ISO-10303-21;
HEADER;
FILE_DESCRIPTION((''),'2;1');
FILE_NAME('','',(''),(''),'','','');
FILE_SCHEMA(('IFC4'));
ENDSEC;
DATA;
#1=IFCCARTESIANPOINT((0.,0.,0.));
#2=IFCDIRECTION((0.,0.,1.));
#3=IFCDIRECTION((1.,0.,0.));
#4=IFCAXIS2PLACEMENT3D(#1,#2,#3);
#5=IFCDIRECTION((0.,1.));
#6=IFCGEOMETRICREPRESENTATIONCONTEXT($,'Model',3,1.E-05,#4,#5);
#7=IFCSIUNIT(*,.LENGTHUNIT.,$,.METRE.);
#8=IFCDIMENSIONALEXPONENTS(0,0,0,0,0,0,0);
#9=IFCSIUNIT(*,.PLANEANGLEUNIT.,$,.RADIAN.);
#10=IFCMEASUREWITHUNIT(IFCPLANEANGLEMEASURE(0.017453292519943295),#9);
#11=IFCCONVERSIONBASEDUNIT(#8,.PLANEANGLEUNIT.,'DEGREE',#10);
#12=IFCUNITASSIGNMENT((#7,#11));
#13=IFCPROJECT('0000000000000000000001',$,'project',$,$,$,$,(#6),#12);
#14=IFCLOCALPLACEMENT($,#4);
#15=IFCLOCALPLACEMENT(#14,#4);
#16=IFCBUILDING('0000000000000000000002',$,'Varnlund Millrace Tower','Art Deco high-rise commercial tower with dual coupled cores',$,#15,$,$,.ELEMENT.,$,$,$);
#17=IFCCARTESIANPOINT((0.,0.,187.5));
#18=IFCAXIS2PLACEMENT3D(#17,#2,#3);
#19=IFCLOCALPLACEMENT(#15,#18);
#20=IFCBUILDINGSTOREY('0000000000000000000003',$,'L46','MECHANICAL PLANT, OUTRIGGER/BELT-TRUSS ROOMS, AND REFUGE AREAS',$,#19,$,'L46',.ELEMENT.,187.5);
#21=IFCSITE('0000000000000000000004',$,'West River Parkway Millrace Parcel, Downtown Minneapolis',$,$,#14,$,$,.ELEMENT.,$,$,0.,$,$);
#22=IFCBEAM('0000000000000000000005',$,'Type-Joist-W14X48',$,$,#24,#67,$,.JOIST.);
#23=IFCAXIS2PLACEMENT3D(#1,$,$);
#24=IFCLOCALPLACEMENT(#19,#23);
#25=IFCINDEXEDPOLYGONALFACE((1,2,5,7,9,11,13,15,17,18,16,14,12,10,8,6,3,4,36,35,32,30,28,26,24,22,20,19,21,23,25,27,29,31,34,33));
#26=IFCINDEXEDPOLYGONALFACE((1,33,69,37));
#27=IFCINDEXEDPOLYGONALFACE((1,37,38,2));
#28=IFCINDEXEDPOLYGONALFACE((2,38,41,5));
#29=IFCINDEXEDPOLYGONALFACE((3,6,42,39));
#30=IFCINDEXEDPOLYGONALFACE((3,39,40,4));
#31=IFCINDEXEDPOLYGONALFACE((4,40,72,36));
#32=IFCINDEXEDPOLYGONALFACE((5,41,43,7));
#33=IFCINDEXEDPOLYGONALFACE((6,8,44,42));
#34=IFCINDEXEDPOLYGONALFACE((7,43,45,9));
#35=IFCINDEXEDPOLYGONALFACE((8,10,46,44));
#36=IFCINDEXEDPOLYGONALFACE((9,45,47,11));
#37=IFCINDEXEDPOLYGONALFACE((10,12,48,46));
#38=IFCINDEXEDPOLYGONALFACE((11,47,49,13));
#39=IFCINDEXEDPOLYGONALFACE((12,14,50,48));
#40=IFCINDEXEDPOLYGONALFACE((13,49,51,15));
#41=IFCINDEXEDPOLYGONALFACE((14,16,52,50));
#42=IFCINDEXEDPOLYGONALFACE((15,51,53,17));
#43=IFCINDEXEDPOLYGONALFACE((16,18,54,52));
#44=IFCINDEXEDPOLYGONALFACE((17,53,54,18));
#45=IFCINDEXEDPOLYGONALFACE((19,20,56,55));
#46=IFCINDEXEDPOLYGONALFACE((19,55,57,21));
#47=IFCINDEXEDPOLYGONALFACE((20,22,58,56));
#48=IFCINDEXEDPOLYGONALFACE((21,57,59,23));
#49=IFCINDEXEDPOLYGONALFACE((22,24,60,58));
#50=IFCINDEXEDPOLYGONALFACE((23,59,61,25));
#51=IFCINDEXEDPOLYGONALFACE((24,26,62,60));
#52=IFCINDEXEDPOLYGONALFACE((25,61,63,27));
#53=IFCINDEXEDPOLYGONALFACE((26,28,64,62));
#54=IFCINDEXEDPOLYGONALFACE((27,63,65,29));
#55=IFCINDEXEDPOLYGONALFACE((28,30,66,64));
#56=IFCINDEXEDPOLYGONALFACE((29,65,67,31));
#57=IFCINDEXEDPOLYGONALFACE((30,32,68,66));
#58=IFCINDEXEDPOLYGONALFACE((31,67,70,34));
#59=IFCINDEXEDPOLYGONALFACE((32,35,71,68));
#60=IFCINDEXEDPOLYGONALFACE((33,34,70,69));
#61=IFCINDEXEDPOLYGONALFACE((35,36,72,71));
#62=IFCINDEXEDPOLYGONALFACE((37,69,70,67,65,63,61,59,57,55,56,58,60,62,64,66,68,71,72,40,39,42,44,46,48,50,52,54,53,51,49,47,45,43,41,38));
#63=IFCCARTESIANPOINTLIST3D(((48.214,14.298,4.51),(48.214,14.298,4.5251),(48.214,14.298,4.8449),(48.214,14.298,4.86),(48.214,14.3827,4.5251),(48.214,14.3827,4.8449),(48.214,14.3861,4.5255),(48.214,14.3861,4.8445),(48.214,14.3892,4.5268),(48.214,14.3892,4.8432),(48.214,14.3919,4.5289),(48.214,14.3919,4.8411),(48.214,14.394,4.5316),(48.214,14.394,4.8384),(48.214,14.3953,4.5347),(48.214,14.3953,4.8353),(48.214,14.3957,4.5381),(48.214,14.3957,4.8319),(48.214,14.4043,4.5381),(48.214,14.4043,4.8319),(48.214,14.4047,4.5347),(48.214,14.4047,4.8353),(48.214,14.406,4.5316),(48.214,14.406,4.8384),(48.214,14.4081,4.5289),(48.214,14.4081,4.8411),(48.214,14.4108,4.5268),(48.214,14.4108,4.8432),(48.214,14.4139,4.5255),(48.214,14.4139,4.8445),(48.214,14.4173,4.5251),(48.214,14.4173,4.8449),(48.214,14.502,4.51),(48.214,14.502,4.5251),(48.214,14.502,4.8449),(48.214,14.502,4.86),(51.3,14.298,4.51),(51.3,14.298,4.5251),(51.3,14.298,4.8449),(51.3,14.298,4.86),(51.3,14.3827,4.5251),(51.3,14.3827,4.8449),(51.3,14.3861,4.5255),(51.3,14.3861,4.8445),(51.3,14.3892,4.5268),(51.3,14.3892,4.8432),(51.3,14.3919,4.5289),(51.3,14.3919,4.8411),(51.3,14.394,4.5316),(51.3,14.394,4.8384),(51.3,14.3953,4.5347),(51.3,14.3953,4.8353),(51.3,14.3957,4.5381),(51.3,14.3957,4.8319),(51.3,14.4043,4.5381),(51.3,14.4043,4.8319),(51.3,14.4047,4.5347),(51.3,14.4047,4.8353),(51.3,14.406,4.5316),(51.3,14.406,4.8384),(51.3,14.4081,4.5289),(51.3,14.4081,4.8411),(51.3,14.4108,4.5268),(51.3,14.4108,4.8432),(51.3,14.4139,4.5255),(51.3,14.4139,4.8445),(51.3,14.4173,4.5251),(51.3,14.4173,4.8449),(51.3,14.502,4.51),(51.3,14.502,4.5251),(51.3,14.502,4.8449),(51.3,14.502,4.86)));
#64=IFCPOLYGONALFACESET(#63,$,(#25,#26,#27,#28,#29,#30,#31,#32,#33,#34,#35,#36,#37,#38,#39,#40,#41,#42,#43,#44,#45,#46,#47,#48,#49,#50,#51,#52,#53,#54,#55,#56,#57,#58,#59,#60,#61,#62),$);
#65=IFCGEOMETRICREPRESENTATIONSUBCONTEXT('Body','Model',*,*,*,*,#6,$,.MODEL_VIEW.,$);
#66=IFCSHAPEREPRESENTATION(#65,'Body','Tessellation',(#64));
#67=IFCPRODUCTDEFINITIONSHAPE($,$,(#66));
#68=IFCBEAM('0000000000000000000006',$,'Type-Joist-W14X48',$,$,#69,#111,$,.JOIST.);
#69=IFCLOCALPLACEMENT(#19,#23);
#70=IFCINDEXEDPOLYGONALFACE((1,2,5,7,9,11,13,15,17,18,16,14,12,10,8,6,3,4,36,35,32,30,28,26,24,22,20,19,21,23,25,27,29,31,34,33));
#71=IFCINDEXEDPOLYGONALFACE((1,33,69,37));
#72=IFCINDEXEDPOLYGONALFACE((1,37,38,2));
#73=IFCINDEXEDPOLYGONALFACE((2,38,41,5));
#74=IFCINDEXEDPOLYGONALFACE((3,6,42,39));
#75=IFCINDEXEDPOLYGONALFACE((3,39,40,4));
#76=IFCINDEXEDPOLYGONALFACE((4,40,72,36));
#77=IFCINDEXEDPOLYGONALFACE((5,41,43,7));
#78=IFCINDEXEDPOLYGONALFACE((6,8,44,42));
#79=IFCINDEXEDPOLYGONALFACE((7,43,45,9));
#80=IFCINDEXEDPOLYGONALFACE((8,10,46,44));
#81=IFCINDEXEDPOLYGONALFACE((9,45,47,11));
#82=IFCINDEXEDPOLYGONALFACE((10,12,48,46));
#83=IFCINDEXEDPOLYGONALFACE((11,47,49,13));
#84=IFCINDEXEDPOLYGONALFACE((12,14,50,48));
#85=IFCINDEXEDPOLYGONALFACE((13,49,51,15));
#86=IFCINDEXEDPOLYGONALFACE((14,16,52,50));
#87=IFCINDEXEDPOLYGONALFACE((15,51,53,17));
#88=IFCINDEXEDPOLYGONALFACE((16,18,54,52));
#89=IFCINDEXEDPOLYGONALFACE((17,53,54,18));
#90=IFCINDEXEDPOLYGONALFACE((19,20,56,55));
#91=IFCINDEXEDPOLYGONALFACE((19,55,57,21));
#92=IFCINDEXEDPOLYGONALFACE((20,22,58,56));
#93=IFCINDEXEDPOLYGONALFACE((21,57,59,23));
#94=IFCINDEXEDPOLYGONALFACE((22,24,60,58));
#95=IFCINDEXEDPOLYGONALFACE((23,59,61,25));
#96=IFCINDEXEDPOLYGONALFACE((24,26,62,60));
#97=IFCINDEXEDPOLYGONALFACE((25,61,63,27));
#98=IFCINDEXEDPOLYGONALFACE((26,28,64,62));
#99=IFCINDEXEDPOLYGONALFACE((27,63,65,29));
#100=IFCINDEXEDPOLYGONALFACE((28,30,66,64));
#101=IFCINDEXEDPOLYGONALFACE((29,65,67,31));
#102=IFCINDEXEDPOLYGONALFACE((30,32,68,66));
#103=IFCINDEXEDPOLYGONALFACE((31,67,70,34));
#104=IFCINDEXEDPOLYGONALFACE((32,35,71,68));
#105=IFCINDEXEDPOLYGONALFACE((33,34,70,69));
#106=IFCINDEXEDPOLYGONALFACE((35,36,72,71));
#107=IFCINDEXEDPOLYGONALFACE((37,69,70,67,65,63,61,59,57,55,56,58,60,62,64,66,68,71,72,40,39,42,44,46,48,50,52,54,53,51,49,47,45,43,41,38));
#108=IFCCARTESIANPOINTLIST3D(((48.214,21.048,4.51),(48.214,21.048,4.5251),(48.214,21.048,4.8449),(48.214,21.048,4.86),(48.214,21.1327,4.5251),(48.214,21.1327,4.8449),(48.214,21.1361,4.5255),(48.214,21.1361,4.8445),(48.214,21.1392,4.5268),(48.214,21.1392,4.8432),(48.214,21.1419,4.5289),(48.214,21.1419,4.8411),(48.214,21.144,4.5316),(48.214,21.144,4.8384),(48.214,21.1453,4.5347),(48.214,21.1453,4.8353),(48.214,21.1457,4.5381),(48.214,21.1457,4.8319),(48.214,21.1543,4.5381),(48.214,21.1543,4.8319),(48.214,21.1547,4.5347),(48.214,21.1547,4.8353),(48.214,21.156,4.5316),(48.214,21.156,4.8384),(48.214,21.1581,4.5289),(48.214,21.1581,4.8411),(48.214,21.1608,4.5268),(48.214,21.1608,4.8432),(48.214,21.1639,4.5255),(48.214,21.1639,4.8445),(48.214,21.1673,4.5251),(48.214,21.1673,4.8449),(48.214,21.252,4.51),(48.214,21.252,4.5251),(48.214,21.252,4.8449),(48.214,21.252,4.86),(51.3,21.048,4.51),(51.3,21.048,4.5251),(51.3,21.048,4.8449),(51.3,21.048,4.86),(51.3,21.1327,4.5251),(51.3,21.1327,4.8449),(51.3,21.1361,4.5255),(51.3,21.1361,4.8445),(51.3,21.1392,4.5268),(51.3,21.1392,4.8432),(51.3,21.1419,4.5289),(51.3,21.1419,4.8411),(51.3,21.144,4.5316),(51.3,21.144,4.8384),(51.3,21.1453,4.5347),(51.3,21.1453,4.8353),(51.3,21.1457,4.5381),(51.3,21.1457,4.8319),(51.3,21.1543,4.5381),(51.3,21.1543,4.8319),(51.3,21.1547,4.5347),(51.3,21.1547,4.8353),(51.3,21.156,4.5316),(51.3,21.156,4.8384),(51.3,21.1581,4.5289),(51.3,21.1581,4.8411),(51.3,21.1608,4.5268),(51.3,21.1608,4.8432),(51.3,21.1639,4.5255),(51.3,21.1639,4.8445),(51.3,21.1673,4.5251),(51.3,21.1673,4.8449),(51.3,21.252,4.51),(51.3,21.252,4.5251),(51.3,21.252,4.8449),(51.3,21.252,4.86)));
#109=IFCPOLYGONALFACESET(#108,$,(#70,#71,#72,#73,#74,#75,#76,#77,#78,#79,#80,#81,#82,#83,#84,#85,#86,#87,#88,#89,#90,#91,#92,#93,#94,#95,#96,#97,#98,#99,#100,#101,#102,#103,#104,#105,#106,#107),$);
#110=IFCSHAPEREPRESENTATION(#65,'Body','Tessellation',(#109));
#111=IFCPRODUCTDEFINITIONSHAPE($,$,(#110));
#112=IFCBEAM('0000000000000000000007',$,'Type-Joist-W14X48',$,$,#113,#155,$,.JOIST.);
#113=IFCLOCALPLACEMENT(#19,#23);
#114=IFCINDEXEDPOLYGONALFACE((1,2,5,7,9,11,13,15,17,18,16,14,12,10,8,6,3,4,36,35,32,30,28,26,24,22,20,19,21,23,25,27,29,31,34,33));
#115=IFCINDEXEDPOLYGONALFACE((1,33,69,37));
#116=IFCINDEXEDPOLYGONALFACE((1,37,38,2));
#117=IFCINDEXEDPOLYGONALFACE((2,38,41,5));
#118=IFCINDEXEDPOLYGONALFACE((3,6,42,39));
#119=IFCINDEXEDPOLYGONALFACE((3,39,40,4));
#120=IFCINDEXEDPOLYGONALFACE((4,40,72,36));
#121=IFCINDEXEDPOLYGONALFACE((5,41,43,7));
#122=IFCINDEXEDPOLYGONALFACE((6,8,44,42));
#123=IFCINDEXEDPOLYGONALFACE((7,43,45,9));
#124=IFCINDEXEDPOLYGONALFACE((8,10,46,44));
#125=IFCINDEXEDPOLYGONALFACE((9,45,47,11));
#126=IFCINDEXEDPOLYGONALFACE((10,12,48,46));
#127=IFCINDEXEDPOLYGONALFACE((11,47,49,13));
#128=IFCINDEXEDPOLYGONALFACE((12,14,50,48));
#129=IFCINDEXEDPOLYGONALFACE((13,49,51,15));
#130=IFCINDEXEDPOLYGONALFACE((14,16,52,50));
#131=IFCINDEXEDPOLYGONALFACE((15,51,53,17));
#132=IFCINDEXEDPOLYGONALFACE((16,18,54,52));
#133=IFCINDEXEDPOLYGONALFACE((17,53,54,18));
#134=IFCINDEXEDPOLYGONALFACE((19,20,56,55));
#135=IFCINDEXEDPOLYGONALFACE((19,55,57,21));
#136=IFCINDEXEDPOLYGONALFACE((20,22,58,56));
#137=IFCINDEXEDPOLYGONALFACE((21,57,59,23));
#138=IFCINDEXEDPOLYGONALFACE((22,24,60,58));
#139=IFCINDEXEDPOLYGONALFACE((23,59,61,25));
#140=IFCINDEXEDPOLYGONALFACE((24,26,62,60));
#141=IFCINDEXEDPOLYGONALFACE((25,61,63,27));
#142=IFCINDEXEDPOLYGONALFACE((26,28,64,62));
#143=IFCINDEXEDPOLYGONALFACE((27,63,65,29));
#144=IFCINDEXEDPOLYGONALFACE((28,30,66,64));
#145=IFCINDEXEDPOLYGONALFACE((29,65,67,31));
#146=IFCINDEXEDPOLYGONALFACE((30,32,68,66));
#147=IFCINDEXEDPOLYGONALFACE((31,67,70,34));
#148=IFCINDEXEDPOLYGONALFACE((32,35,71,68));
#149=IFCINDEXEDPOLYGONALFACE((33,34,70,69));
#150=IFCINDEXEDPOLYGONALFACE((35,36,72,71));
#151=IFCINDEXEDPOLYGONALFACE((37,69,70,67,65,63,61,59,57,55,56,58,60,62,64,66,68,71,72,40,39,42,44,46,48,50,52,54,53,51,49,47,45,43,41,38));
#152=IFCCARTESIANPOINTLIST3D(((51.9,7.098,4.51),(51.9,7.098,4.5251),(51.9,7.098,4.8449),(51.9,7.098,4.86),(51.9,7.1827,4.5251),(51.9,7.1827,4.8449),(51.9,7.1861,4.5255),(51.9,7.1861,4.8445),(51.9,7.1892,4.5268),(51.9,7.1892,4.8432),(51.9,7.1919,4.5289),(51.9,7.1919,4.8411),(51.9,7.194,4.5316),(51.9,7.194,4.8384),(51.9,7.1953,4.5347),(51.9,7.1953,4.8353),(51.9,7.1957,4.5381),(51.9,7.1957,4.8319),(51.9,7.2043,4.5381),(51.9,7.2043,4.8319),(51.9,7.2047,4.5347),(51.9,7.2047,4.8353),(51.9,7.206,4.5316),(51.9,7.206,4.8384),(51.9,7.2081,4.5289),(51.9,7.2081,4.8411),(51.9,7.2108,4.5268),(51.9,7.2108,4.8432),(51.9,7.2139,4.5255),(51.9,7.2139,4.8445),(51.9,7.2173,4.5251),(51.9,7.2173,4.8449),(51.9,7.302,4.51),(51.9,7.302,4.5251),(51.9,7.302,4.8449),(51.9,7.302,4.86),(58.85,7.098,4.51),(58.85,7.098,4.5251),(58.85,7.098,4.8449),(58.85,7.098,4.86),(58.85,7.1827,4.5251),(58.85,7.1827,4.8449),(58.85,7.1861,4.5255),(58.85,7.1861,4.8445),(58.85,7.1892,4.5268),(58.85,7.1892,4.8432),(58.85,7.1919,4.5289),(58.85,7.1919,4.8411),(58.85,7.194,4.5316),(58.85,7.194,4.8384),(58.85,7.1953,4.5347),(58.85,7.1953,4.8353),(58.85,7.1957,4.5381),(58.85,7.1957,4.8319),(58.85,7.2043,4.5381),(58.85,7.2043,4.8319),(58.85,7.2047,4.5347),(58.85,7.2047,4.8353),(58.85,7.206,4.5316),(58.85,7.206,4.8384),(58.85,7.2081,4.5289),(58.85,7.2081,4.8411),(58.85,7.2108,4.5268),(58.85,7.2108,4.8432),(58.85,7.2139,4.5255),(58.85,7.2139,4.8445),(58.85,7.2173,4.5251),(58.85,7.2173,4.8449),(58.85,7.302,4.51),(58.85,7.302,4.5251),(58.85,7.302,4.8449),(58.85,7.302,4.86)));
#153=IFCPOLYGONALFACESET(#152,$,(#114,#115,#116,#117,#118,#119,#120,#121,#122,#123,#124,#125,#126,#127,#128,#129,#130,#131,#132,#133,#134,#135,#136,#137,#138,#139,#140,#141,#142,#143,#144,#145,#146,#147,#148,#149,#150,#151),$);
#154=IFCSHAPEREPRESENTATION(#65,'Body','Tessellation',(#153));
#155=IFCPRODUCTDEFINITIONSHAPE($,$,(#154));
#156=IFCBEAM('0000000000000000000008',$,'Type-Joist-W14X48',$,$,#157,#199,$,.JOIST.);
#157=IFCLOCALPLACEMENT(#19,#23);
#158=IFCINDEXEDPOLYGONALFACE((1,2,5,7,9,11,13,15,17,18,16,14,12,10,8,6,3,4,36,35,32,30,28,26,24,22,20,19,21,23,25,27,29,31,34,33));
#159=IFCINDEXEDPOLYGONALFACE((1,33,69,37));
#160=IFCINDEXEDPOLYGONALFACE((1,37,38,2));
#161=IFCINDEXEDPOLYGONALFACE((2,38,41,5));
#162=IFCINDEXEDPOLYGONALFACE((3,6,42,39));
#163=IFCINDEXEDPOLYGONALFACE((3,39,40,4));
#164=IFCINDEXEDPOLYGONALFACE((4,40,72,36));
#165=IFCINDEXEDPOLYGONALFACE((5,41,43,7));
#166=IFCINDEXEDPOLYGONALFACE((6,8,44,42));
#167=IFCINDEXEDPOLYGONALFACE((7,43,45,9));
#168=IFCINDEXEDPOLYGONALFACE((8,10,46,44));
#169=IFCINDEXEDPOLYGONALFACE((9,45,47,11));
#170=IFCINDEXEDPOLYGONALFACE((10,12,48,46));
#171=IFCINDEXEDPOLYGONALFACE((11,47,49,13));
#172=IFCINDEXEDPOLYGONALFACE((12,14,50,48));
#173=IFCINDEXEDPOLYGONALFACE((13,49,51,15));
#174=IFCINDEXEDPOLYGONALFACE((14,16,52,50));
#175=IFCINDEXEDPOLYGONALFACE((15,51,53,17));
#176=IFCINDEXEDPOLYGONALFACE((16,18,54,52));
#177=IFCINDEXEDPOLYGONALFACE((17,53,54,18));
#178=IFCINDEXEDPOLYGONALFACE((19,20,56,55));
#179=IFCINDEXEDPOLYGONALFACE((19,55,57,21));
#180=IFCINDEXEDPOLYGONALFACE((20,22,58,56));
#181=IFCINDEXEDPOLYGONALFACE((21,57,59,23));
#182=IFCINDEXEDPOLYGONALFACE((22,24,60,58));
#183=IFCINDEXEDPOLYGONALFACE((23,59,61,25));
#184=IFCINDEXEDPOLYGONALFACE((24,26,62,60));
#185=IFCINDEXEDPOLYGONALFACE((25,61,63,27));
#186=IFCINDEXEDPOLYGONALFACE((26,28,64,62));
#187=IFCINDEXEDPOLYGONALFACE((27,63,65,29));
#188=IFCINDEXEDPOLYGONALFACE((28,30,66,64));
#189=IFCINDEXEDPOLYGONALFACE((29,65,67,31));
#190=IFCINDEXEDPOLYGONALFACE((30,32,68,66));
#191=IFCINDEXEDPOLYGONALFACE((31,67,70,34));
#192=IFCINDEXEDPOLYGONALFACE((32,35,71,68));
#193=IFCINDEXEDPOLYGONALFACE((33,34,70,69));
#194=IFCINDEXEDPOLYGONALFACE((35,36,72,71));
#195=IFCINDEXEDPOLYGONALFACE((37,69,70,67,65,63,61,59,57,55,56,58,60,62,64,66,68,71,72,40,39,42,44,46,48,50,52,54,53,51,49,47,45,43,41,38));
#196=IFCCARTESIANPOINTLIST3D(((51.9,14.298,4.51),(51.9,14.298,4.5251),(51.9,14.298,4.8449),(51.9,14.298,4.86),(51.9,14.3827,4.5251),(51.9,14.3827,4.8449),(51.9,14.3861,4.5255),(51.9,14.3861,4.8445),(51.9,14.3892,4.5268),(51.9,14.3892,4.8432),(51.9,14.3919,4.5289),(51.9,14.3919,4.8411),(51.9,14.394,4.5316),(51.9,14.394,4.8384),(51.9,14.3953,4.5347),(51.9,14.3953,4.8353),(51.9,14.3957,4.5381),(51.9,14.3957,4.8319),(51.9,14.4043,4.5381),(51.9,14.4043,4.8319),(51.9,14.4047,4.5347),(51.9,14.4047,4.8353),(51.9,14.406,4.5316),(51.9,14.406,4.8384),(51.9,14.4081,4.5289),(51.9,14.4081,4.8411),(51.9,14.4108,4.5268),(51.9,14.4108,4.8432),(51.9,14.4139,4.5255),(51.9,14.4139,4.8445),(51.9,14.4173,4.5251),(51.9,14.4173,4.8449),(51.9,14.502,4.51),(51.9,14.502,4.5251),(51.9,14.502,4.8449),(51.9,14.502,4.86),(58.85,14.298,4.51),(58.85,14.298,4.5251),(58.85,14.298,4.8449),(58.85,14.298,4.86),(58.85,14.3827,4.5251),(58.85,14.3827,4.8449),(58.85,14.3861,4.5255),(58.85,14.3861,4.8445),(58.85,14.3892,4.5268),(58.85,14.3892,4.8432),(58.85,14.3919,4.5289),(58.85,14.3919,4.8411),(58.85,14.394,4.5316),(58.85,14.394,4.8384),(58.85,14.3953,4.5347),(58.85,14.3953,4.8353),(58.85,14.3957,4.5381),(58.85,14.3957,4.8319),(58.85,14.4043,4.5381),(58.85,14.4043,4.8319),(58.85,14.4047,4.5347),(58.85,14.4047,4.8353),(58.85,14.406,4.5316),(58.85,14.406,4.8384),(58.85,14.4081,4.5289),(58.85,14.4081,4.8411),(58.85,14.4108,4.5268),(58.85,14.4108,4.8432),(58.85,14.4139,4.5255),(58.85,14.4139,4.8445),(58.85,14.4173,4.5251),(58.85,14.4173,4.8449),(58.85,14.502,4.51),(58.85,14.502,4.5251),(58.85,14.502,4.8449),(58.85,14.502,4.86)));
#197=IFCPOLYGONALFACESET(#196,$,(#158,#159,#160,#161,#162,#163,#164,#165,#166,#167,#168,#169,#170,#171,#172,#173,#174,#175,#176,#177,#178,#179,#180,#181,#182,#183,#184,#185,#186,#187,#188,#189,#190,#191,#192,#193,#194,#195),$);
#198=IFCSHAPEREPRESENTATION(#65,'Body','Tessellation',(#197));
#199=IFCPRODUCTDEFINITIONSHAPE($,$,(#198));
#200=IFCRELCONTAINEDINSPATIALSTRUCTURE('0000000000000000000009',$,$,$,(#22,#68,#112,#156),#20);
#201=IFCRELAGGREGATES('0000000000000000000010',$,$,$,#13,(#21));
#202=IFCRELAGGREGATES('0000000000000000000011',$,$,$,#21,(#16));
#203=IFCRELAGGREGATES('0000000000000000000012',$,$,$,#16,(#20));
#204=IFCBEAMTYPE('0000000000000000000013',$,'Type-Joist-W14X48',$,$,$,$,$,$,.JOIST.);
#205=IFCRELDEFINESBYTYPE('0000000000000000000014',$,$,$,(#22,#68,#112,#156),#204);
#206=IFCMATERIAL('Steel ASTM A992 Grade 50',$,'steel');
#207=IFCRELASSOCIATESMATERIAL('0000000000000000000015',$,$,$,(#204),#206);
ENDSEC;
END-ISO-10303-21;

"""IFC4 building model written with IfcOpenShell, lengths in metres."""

from ifc_helpers import new_model, entity, si_unit, converted_unit, direction, frame, origin_with_axes, origin_2d_with_axis, place, context, subcontext, project, spatial, i_section, extrude, material, material_profile, profile_set, type_object, element, save


model = new_model("IFC4")

# Units and contexts
model_context = context("Model", 3, precision=1e-05, world=origin_with_axes(), true_north=direction((0.0, 1.0)))
body_context = subcontext(model_context, "Body", "Model", "MODEL_VIEW")
ifc_project = project(units=[si_unit("LENGTHUNIT", "METRE"), converted_unit("PLANEANGLEUNIT", "DEGREE", entity("IfcPlaneAngleMeasure", 0.017453292519943295), si_unit("PLANEANGLEUNIT", "RADIAN"), dimensions=[0, 0, 0, 0, 0, 0, 0])], contexts=[model_context])

# Site, building, storey
site_placement = place(None, origin_with_axes())
site = spatial("IfcSite", under=ifc_project, at=site_placement, Name="West River Parkway Millrace Parcel, Downtown Minneapolis", CompositionType="ELEMENT", RefElevation=0.0)
building_placement = place(site_placement, origin_with_axes())
building = spatial("IfcBuilding", under=site, at=building_placement, Name="Varnlund Millrace Tower", Description="Art Deco high-rise commercial tower with dual coupled cores", CompositionType="ELEMENT")
storey_placement = place(building_placement, frame((0.0, 0.0, 187.5), z_axis=(0.0, 0.0, 1.0), x_axis=(1.0, 0.0, 0.0)))
storey = spatial("IfcBuildingStorey", under=building, at=storey_placement, Name="L46", Description="MECHANICAL PLANT, OUTRIGGER/BELT-TRUSS ROOMS, AND REFUGE AREAS", LongName="L46", CompositionType="ELEMENT", Elevation=187.5)

# Beams
ifc_material_1 = material(Name="Steel ASTM A992 Grade 50", Category="steel")
ifc_material_profile_1 = material_profile(ifc_material_1, i_section(OverallWidth=0.204, OverallDepth=0.35, WebThickness=0.0086, FlangeThickness=0.0151, FilletRadius=0.013, at=origin_2d_with_axis()), Name="Steel ASTM A992 Grade 50")
ifc_profile_set_1 = profile_set([ifc_material_profile_1], Name="Steel ASTM A992 Grade 50")
beam_type_1 = type_object("IfcBeamType", Name="Type-Joist-W14X48", PredefinedType="JOIST", material=ifc_profile_set_1)
for number, where, z_axis, x_axis, name in (
    (1, (48.214, 14.4, 4.685), (1.0, 0.0, 0.0), (0.0, 1.0, 0.0), "Type-Joist-W14X48"),
    (2, (48.214, 21.15, 4.685), (1.0, 0.0, 0.0), (0.0, 1.0, 0.0), "Type-Joist-W14X48"),
):
    element("IfcBeam", number, at=place(storey_placement, frame(where, z_axis=z_axis, x_axis=x_axis)), inside=storey, type_object=beam_type_1, Name=name, PredefinedType="JOIST", context=body_context, shape_type="SweptSolid", body=[
        extrude(i_section(OverallWidth=0.204, OverallDepth=0.35, WebThickness=0.0086, FlangeThickness=0.0151, FilletRadius=0.013, at=origin_2d_with_axis()), origin_with_axes(), (0.0, 0.0, 1.0), 3.086),
    ])
for number, where, z_axis, x_axis, name in (
    (3, (51.9, 7.2, 4.685), (1.0, 0.0, 0.0), (0.0, 1.0, 0.0), "Type-Joist-W14X48"),
    (4, (51.9, 14.4, 4.685), (1.0, 0.0, 0.0), (0.0, 1.0, 0.0), "Type-Joist-W14X48"),
):
    element("IfcBeam", number, at=place(storey_placement, frame(where, z_axis=z_axis, x_axis=x_axis)), inside=storey, type_object=beam_type_1, Name=name, PredefinedType="JOIST", context=body_context, shape_type="SweptSolid", body=[
        extrude(i_section(OverallWidth=0.204, OverallDepth=0.35, WebThickness=0.0086, FlangeThickness=0.0151, FilletRadius=0.013, at=origin_2d_with_axis()), origin_with_axes(), (0.0, 0.0, 1.0), 6.95),
    ])

save(model, "model.ifc")
